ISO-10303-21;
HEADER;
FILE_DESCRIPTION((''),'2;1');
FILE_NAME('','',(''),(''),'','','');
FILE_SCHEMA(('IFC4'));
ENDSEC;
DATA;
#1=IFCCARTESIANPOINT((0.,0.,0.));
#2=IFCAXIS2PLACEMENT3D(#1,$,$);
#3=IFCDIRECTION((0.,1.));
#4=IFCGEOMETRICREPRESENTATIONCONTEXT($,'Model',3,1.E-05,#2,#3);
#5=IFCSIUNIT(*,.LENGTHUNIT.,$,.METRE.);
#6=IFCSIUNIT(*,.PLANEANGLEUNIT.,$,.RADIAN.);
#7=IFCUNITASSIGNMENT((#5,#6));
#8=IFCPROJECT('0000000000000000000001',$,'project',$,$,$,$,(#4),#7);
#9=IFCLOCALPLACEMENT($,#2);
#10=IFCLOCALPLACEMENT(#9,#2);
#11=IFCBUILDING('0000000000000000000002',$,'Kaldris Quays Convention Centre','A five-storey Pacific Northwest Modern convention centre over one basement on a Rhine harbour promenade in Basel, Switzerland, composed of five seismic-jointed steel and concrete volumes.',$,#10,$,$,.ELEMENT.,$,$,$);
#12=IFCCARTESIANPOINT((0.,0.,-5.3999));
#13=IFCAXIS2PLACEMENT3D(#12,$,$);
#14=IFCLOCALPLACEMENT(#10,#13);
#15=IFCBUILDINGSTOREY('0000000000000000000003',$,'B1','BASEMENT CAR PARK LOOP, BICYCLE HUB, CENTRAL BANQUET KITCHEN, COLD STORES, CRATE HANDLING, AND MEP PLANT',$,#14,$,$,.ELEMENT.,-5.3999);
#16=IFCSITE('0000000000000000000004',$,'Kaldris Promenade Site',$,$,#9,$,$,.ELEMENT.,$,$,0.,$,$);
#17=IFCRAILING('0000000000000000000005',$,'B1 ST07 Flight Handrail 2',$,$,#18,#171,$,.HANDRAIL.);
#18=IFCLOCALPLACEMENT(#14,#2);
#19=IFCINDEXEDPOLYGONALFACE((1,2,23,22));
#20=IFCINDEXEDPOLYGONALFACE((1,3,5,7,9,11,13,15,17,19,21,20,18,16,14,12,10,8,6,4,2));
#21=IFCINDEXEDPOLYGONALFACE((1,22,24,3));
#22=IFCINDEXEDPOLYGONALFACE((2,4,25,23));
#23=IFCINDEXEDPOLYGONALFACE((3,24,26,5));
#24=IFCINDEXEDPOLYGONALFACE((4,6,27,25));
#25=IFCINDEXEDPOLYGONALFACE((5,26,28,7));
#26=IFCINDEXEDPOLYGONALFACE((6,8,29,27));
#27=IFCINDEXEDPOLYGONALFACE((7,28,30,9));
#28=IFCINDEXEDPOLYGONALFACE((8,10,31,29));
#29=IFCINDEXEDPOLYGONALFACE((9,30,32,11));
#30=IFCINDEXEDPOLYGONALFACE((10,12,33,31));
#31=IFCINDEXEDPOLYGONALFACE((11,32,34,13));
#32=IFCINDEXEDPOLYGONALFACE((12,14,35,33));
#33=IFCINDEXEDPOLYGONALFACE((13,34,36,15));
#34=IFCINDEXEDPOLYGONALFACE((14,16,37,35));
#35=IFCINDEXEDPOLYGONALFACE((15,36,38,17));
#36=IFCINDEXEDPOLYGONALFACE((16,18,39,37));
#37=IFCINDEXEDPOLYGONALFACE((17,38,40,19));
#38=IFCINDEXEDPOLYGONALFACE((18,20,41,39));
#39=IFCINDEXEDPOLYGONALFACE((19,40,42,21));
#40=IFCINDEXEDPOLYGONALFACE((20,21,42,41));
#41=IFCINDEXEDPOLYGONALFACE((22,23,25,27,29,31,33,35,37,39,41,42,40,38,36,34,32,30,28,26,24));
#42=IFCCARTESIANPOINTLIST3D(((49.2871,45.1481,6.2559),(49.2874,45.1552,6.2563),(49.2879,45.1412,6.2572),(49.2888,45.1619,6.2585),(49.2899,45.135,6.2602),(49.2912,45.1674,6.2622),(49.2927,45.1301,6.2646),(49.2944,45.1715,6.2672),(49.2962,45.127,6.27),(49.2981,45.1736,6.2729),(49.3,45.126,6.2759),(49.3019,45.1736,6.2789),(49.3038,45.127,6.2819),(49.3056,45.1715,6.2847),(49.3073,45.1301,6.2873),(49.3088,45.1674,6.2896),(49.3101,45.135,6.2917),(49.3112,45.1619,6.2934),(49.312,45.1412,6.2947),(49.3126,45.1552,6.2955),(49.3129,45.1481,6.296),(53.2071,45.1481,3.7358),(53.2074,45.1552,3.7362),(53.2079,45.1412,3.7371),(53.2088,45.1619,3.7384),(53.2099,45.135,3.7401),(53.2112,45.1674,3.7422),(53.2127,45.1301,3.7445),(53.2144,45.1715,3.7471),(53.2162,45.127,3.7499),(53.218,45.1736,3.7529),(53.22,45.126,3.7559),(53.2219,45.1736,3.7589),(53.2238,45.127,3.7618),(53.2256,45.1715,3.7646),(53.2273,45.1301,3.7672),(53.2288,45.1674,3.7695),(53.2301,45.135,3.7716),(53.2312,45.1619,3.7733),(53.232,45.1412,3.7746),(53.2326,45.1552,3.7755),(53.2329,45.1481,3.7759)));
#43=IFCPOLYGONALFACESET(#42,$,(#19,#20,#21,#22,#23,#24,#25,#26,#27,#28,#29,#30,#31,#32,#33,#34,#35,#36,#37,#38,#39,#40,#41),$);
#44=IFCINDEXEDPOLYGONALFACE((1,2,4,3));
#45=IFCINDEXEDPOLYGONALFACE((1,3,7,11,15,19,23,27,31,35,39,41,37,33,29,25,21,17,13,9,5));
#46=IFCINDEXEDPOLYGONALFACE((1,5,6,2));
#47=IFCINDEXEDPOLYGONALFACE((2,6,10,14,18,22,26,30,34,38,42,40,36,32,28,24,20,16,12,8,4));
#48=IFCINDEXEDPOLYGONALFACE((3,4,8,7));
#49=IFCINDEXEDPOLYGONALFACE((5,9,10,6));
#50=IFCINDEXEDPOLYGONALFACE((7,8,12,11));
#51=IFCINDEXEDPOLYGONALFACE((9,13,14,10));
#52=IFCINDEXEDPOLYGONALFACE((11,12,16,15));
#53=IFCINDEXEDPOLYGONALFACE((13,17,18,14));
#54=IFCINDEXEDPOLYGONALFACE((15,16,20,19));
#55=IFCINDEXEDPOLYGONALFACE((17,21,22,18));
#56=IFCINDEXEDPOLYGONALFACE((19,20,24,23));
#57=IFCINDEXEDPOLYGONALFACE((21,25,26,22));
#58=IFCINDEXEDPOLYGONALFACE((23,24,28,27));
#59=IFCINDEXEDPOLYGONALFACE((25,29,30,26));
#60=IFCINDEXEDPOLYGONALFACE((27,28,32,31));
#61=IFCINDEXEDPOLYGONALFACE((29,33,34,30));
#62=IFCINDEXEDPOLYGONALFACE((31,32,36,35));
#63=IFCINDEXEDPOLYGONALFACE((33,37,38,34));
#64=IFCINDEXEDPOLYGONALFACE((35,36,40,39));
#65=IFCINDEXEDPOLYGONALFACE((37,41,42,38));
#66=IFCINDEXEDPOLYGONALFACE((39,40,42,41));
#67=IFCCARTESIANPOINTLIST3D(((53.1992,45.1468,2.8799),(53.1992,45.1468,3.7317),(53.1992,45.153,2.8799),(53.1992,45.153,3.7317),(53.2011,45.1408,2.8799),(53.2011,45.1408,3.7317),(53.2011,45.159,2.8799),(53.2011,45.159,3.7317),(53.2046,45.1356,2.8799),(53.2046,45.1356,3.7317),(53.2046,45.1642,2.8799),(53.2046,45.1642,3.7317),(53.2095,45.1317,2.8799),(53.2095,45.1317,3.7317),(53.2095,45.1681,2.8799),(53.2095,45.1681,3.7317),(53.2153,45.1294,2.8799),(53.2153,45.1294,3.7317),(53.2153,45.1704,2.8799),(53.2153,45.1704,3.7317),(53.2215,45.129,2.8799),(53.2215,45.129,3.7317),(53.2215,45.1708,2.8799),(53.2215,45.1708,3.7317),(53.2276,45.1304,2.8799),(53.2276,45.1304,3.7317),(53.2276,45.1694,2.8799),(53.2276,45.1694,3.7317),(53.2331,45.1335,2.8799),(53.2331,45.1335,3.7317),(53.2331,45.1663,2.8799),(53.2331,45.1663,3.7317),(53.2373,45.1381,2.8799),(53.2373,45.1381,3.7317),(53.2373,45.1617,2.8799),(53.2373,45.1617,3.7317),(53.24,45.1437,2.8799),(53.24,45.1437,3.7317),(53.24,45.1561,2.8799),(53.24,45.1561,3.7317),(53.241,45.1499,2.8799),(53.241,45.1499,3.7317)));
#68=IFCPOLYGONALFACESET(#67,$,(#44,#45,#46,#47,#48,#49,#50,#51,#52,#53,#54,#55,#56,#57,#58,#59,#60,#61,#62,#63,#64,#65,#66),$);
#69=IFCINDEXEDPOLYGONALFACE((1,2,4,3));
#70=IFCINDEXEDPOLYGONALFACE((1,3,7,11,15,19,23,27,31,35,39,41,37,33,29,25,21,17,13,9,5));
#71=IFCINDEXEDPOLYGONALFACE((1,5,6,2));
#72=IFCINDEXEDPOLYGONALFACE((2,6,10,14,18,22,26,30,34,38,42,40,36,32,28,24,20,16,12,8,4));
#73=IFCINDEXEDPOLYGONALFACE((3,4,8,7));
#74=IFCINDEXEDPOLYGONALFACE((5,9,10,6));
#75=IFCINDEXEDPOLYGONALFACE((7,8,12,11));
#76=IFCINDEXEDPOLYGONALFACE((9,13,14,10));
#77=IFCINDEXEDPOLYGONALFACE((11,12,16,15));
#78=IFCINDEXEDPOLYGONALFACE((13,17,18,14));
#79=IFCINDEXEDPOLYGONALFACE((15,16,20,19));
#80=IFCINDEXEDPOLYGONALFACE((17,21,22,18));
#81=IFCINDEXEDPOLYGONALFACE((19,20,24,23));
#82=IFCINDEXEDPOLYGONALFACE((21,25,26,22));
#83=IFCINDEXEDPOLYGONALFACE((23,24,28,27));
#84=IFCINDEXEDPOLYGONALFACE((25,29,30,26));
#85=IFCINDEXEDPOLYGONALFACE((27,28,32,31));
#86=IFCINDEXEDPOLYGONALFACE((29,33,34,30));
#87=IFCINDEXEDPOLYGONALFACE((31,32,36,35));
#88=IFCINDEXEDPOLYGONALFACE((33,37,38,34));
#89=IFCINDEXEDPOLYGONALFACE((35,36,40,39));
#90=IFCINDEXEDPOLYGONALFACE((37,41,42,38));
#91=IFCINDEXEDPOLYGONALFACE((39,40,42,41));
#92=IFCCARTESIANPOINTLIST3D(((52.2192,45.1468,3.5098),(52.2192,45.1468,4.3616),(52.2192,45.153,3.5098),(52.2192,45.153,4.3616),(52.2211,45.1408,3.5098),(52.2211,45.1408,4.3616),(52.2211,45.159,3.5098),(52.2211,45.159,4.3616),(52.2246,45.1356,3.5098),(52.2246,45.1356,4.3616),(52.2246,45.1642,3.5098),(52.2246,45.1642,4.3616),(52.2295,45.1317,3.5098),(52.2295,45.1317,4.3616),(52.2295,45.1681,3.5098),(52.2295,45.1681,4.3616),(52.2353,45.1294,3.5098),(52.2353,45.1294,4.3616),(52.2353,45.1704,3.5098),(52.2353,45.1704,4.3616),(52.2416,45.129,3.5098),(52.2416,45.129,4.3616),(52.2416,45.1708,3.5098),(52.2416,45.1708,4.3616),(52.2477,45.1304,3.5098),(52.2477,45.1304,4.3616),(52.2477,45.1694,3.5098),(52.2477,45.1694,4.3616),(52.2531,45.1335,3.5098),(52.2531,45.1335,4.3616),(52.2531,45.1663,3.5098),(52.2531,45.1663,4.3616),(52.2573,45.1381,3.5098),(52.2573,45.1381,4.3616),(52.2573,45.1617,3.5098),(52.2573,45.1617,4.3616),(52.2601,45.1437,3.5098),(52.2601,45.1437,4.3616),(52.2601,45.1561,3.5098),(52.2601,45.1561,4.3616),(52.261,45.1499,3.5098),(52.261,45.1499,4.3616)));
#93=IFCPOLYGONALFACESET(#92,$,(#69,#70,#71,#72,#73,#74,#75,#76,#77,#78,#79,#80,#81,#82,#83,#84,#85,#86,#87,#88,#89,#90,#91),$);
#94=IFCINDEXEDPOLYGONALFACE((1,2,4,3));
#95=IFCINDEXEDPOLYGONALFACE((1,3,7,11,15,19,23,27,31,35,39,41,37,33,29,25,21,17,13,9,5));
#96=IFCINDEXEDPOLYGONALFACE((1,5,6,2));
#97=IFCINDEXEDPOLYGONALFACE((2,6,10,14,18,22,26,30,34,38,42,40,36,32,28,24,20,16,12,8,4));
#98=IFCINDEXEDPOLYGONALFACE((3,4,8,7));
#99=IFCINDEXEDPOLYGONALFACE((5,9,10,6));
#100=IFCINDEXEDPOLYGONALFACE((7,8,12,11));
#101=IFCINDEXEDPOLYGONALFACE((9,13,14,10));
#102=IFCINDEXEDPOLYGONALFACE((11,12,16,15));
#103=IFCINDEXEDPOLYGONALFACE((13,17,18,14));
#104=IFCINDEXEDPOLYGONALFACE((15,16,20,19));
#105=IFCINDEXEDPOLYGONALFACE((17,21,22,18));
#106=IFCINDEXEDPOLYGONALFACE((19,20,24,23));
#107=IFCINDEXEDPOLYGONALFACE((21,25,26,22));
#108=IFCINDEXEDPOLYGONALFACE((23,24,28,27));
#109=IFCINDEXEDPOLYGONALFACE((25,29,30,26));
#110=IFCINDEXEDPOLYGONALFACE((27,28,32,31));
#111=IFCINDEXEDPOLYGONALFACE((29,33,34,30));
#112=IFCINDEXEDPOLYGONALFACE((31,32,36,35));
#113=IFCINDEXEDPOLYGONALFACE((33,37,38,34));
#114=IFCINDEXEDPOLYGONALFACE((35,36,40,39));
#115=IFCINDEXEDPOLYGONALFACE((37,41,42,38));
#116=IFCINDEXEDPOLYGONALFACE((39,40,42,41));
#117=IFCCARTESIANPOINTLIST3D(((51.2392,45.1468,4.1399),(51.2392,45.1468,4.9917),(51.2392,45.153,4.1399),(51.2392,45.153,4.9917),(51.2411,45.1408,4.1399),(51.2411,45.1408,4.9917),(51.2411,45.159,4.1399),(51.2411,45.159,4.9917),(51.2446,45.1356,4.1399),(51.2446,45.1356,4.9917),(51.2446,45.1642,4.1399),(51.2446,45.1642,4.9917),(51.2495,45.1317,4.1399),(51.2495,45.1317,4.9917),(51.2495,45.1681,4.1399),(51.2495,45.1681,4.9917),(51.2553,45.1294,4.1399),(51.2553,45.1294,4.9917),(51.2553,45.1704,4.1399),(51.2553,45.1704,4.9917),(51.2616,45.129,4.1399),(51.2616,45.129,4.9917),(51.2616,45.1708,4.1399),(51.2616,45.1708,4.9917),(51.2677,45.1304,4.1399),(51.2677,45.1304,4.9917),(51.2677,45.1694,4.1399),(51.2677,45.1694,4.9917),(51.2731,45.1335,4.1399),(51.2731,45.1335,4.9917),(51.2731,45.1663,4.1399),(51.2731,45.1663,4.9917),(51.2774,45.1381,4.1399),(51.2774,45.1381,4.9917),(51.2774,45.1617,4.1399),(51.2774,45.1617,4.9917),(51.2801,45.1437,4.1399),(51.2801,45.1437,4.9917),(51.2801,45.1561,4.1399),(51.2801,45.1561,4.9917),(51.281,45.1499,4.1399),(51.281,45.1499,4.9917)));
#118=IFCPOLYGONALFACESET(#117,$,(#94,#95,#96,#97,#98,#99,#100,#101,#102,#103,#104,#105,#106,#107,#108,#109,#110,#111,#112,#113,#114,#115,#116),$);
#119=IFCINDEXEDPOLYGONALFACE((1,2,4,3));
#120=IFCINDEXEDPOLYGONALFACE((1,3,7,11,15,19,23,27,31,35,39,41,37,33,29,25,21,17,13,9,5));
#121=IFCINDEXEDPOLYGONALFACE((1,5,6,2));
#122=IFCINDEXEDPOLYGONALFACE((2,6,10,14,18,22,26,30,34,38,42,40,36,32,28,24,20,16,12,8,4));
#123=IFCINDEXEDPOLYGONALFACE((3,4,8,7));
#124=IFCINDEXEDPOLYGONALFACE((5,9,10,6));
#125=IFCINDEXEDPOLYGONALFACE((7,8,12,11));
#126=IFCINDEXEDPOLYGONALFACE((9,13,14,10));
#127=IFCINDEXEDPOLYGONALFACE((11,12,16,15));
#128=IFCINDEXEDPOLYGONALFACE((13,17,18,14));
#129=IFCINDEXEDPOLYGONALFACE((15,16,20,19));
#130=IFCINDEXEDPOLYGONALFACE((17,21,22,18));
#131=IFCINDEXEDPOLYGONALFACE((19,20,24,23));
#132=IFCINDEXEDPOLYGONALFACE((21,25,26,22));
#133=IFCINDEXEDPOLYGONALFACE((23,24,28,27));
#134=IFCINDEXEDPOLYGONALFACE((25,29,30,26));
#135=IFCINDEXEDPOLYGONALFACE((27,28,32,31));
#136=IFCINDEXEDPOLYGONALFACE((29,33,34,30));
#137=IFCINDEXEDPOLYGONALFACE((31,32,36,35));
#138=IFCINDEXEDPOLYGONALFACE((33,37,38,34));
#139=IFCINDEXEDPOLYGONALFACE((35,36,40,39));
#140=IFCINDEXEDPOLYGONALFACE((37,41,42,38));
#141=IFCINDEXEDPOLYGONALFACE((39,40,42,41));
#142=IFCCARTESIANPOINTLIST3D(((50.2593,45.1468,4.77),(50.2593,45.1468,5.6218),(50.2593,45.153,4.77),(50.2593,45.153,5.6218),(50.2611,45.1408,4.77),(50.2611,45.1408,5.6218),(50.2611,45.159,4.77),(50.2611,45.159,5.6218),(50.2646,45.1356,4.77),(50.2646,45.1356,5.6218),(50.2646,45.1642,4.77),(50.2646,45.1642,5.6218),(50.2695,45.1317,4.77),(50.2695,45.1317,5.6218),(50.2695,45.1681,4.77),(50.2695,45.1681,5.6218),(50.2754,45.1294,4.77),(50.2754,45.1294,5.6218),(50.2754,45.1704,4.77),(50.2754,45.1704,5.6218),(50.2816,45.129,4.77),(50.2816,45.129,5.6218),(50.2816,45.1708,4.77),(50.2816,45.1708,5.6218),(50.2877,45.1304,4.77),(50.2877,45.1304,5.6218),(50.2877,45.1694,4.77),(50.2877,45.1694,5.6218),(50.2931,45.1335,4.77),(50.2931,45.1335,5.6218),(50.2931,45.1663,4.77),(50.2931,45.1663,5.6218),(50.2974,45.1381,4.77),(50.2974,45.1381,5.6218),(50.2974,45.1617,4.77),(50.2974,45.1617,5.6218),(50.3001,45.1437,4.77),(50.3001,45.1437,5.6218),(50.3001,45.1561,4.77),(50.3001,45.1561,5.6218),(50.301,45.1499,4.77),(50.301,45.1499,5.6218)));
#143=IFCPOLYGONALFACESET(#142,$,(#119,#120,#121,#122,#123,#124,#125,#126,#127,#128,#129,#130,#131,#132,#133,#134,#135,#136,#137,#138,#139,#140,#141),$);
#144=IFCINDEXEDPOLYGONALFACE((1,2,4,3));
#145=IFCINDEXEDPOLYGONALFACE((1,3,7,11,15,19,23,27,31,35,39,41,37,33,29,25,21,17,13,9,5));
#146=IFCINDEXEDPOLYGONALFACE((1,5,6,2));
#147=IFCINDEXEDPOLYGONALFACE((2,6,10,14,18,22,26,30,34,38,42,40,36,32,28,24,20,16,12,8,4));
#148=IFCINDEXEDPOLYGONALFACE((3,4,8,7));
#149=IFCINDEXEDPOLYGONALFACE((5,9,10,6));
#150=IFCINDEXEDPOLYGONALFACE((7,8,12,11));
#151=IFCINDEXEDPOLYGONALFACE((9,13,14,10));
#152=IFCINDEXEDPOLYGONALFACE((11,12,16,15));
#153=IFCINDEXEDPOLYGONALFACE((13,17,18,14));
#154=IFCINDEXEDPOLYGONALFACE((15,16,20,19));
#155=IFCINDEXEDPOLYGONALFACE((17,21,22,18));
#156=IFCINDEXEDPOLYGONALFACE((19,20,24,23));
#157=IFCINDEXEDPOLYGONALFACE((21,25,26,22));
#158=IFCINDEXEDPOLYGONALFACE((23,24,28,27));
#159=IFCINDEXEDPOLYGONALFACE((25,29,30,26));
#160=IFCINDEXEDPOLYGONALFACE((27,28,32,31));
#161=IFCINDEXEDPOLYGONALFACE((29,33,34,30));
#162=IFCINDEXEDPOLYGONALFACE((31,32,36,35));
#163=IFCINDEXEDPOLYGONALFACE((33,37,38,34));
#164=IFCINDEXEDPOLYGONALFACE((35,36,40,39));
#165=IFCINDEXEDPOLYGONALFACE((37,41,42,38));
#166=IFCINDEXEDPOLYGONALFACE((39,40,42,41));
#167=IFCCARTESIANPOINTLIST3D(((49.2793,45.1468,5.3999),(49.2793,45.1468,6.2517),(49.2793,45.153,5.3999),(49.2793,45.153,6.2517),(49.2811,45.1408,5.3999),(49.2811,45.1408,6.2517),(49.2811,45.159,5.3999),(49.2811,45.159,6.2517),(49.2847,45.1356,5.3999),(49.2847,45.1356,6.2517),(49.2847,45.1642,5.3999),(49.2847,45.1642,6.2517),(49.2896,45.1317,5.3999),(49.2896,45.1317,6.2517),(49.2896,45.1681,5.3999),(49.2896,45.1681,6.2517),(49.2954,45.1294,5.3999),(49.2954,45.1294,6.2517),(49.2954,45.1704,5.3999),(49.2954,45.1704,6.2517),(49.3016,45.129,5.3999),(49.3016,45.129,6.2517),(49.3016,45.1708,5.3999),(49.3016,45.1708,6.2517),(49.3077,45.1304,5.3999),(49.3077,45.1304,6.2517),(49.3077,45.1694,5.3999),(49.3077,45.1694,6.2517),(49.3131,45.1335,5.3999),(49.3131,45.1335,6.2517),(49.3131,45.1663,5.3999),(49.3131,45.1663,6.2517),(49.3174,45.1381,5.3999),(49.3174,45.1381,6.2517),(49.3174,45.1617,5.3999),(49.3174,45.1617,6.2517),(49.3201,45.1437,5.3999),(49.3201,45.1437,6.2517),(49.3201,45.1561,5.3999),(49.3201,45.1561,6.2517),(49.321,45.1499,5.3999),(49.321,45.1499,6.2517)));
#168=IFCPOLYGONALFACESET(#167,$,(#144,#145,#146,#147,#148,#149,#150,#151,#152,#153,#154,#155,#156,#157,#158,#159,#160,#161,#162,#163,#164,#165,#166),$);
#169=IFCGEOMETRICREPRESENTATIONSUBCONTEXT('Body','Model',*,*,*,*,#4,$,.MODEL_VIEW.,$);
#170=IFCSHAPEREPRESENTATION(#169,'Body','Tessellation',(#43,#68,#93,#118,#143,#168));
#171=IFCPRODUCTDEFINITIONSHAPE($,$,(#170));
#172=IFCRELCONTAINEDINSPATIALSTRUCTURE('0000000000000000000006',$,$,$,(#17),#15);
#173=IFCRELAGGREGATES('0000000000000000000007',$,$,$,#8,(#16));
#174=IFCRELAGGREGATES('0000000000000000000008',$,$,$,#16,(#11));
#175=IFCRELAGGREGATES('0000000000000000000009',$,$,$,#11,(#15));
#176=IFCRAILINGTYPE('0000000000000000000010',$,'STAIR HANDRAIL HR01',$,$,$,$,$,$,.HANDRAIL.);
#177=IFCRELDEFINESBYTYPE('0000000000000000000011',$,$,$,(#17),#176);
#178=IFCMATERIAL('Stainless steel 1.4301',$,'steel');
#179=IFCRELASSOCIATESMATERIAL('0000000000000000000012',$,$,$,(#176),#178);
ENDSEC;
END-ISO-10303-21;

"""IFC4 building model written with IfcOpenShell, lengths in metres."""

from ifc_helpers import new_model, si_unit, direction, frame, origin, origin_2d, place, context, subcontext, project, spatial, circle, extrude, material, type_object, element, save


model = new_model("IFC4")

# Units and contexts
model_context = context("Model", 3, precision=1e-05, world=origin(), true_north=direction((0.0, 1.0)))
body_context = subcontext(model_context, "Body", "Model", "MODEL_VIEW")
ifc_project = project(units=[si_unit("LENGTHUNIT", "METRE"), si_unit("PLANEANGLEUNIT", "RADIAN")], contexts=[model_context])

# Site, building, storey
site_placement = place(None, origin())
site = spatial("IfcSite", under=ifc_project, at=site_placement, Name="Kaldris Promenade Site", CompositionType="ELEMENT", RefElevation=0.0)
building_placement = place(site_placement, origin())
building = spatial("IfcBuilding", under=site, at=building_placement, Name="Kaldris Quays Convention Centre", Description="A five-storey Pacific Northwest Modern convention centre over one basement on a Rhine harbour promenade in Basel, Switzerland, composed of five seismic-jointed steel and concrete volumes.", CompositionType="ELEMENT")
storey_placement = place(building_placement, frame((0.0, 0.0, -5.3999)))
storey = spatial("IfcBuildingStorey", under=building, at=storey_placement, Name="B1", Description="BASEMENT CAR PARK LOOP, BICYCLE HUB, CENTRAL BANQUET KITCHEN, COLD STORES, CRATE HANDLING, AND MEP PLANT", CompositionType="ELEMENT", Elevation=-5.3999)

# Railing
ifc_material_1 = material(Name="Stainless steel 1.4301", Category="steel")
railing_type_1 = type_object("IfcRailingType", Name="STAIR HANDRAIL HR01", PredefinedType="HANDRAIL", material=ifc_material_1)
railing_1_placement = place(storey_placement, frame((53.22, 45.1499, 2.8799)))
element("IfcRailing", 1, at=railing_1_placement, inside=storey, type_object=railing_type_1, Name="B1 ST07 Flight Handrail 2", PredefinedType="HANDRAIL", context=body_context, shape_type="SweptSolid", body=[
    extrude(circle(Radius=0.0239, at=origin_2d()), frame((0.0, 0.0, 0.876), z_axis=(-0.841172, 0.0, 0.540768), x_axis=(0.0, -1.0, 0.0)), (0.0, 0.0, 1.0), 4.6602),
    extrude(circle(Radius=0.021, at=origin_2d()), origin(), (0.0, 0.0, 1.0), 0.8518),
    extrude(circle(Radius=0.021, at=origin_2d()), frame((-0.98, 0.0, 0.6299)), (0.0, 0.0, 1.0), 0.8518),
    extrude(circle(Radius=0.021, at=origin_2d()), frame((-1.96, 0.0, 1.26)), (0.0, 0.0, 1.0), 0.8518),
    extrude(circle(Radius=0.021, at=origin_2d()), frame((-2.9399, 0.0, 1.8901)), (0.0, 0.0, 1.0), 0.8518),
    extrude(circle(Radius=0.021, at=origin_2d()), frame((-3.9199, 0.0, 2.52)), (0.0, 0.0, 1.0), 0.8518),
])

save(model, "model.ifc")
